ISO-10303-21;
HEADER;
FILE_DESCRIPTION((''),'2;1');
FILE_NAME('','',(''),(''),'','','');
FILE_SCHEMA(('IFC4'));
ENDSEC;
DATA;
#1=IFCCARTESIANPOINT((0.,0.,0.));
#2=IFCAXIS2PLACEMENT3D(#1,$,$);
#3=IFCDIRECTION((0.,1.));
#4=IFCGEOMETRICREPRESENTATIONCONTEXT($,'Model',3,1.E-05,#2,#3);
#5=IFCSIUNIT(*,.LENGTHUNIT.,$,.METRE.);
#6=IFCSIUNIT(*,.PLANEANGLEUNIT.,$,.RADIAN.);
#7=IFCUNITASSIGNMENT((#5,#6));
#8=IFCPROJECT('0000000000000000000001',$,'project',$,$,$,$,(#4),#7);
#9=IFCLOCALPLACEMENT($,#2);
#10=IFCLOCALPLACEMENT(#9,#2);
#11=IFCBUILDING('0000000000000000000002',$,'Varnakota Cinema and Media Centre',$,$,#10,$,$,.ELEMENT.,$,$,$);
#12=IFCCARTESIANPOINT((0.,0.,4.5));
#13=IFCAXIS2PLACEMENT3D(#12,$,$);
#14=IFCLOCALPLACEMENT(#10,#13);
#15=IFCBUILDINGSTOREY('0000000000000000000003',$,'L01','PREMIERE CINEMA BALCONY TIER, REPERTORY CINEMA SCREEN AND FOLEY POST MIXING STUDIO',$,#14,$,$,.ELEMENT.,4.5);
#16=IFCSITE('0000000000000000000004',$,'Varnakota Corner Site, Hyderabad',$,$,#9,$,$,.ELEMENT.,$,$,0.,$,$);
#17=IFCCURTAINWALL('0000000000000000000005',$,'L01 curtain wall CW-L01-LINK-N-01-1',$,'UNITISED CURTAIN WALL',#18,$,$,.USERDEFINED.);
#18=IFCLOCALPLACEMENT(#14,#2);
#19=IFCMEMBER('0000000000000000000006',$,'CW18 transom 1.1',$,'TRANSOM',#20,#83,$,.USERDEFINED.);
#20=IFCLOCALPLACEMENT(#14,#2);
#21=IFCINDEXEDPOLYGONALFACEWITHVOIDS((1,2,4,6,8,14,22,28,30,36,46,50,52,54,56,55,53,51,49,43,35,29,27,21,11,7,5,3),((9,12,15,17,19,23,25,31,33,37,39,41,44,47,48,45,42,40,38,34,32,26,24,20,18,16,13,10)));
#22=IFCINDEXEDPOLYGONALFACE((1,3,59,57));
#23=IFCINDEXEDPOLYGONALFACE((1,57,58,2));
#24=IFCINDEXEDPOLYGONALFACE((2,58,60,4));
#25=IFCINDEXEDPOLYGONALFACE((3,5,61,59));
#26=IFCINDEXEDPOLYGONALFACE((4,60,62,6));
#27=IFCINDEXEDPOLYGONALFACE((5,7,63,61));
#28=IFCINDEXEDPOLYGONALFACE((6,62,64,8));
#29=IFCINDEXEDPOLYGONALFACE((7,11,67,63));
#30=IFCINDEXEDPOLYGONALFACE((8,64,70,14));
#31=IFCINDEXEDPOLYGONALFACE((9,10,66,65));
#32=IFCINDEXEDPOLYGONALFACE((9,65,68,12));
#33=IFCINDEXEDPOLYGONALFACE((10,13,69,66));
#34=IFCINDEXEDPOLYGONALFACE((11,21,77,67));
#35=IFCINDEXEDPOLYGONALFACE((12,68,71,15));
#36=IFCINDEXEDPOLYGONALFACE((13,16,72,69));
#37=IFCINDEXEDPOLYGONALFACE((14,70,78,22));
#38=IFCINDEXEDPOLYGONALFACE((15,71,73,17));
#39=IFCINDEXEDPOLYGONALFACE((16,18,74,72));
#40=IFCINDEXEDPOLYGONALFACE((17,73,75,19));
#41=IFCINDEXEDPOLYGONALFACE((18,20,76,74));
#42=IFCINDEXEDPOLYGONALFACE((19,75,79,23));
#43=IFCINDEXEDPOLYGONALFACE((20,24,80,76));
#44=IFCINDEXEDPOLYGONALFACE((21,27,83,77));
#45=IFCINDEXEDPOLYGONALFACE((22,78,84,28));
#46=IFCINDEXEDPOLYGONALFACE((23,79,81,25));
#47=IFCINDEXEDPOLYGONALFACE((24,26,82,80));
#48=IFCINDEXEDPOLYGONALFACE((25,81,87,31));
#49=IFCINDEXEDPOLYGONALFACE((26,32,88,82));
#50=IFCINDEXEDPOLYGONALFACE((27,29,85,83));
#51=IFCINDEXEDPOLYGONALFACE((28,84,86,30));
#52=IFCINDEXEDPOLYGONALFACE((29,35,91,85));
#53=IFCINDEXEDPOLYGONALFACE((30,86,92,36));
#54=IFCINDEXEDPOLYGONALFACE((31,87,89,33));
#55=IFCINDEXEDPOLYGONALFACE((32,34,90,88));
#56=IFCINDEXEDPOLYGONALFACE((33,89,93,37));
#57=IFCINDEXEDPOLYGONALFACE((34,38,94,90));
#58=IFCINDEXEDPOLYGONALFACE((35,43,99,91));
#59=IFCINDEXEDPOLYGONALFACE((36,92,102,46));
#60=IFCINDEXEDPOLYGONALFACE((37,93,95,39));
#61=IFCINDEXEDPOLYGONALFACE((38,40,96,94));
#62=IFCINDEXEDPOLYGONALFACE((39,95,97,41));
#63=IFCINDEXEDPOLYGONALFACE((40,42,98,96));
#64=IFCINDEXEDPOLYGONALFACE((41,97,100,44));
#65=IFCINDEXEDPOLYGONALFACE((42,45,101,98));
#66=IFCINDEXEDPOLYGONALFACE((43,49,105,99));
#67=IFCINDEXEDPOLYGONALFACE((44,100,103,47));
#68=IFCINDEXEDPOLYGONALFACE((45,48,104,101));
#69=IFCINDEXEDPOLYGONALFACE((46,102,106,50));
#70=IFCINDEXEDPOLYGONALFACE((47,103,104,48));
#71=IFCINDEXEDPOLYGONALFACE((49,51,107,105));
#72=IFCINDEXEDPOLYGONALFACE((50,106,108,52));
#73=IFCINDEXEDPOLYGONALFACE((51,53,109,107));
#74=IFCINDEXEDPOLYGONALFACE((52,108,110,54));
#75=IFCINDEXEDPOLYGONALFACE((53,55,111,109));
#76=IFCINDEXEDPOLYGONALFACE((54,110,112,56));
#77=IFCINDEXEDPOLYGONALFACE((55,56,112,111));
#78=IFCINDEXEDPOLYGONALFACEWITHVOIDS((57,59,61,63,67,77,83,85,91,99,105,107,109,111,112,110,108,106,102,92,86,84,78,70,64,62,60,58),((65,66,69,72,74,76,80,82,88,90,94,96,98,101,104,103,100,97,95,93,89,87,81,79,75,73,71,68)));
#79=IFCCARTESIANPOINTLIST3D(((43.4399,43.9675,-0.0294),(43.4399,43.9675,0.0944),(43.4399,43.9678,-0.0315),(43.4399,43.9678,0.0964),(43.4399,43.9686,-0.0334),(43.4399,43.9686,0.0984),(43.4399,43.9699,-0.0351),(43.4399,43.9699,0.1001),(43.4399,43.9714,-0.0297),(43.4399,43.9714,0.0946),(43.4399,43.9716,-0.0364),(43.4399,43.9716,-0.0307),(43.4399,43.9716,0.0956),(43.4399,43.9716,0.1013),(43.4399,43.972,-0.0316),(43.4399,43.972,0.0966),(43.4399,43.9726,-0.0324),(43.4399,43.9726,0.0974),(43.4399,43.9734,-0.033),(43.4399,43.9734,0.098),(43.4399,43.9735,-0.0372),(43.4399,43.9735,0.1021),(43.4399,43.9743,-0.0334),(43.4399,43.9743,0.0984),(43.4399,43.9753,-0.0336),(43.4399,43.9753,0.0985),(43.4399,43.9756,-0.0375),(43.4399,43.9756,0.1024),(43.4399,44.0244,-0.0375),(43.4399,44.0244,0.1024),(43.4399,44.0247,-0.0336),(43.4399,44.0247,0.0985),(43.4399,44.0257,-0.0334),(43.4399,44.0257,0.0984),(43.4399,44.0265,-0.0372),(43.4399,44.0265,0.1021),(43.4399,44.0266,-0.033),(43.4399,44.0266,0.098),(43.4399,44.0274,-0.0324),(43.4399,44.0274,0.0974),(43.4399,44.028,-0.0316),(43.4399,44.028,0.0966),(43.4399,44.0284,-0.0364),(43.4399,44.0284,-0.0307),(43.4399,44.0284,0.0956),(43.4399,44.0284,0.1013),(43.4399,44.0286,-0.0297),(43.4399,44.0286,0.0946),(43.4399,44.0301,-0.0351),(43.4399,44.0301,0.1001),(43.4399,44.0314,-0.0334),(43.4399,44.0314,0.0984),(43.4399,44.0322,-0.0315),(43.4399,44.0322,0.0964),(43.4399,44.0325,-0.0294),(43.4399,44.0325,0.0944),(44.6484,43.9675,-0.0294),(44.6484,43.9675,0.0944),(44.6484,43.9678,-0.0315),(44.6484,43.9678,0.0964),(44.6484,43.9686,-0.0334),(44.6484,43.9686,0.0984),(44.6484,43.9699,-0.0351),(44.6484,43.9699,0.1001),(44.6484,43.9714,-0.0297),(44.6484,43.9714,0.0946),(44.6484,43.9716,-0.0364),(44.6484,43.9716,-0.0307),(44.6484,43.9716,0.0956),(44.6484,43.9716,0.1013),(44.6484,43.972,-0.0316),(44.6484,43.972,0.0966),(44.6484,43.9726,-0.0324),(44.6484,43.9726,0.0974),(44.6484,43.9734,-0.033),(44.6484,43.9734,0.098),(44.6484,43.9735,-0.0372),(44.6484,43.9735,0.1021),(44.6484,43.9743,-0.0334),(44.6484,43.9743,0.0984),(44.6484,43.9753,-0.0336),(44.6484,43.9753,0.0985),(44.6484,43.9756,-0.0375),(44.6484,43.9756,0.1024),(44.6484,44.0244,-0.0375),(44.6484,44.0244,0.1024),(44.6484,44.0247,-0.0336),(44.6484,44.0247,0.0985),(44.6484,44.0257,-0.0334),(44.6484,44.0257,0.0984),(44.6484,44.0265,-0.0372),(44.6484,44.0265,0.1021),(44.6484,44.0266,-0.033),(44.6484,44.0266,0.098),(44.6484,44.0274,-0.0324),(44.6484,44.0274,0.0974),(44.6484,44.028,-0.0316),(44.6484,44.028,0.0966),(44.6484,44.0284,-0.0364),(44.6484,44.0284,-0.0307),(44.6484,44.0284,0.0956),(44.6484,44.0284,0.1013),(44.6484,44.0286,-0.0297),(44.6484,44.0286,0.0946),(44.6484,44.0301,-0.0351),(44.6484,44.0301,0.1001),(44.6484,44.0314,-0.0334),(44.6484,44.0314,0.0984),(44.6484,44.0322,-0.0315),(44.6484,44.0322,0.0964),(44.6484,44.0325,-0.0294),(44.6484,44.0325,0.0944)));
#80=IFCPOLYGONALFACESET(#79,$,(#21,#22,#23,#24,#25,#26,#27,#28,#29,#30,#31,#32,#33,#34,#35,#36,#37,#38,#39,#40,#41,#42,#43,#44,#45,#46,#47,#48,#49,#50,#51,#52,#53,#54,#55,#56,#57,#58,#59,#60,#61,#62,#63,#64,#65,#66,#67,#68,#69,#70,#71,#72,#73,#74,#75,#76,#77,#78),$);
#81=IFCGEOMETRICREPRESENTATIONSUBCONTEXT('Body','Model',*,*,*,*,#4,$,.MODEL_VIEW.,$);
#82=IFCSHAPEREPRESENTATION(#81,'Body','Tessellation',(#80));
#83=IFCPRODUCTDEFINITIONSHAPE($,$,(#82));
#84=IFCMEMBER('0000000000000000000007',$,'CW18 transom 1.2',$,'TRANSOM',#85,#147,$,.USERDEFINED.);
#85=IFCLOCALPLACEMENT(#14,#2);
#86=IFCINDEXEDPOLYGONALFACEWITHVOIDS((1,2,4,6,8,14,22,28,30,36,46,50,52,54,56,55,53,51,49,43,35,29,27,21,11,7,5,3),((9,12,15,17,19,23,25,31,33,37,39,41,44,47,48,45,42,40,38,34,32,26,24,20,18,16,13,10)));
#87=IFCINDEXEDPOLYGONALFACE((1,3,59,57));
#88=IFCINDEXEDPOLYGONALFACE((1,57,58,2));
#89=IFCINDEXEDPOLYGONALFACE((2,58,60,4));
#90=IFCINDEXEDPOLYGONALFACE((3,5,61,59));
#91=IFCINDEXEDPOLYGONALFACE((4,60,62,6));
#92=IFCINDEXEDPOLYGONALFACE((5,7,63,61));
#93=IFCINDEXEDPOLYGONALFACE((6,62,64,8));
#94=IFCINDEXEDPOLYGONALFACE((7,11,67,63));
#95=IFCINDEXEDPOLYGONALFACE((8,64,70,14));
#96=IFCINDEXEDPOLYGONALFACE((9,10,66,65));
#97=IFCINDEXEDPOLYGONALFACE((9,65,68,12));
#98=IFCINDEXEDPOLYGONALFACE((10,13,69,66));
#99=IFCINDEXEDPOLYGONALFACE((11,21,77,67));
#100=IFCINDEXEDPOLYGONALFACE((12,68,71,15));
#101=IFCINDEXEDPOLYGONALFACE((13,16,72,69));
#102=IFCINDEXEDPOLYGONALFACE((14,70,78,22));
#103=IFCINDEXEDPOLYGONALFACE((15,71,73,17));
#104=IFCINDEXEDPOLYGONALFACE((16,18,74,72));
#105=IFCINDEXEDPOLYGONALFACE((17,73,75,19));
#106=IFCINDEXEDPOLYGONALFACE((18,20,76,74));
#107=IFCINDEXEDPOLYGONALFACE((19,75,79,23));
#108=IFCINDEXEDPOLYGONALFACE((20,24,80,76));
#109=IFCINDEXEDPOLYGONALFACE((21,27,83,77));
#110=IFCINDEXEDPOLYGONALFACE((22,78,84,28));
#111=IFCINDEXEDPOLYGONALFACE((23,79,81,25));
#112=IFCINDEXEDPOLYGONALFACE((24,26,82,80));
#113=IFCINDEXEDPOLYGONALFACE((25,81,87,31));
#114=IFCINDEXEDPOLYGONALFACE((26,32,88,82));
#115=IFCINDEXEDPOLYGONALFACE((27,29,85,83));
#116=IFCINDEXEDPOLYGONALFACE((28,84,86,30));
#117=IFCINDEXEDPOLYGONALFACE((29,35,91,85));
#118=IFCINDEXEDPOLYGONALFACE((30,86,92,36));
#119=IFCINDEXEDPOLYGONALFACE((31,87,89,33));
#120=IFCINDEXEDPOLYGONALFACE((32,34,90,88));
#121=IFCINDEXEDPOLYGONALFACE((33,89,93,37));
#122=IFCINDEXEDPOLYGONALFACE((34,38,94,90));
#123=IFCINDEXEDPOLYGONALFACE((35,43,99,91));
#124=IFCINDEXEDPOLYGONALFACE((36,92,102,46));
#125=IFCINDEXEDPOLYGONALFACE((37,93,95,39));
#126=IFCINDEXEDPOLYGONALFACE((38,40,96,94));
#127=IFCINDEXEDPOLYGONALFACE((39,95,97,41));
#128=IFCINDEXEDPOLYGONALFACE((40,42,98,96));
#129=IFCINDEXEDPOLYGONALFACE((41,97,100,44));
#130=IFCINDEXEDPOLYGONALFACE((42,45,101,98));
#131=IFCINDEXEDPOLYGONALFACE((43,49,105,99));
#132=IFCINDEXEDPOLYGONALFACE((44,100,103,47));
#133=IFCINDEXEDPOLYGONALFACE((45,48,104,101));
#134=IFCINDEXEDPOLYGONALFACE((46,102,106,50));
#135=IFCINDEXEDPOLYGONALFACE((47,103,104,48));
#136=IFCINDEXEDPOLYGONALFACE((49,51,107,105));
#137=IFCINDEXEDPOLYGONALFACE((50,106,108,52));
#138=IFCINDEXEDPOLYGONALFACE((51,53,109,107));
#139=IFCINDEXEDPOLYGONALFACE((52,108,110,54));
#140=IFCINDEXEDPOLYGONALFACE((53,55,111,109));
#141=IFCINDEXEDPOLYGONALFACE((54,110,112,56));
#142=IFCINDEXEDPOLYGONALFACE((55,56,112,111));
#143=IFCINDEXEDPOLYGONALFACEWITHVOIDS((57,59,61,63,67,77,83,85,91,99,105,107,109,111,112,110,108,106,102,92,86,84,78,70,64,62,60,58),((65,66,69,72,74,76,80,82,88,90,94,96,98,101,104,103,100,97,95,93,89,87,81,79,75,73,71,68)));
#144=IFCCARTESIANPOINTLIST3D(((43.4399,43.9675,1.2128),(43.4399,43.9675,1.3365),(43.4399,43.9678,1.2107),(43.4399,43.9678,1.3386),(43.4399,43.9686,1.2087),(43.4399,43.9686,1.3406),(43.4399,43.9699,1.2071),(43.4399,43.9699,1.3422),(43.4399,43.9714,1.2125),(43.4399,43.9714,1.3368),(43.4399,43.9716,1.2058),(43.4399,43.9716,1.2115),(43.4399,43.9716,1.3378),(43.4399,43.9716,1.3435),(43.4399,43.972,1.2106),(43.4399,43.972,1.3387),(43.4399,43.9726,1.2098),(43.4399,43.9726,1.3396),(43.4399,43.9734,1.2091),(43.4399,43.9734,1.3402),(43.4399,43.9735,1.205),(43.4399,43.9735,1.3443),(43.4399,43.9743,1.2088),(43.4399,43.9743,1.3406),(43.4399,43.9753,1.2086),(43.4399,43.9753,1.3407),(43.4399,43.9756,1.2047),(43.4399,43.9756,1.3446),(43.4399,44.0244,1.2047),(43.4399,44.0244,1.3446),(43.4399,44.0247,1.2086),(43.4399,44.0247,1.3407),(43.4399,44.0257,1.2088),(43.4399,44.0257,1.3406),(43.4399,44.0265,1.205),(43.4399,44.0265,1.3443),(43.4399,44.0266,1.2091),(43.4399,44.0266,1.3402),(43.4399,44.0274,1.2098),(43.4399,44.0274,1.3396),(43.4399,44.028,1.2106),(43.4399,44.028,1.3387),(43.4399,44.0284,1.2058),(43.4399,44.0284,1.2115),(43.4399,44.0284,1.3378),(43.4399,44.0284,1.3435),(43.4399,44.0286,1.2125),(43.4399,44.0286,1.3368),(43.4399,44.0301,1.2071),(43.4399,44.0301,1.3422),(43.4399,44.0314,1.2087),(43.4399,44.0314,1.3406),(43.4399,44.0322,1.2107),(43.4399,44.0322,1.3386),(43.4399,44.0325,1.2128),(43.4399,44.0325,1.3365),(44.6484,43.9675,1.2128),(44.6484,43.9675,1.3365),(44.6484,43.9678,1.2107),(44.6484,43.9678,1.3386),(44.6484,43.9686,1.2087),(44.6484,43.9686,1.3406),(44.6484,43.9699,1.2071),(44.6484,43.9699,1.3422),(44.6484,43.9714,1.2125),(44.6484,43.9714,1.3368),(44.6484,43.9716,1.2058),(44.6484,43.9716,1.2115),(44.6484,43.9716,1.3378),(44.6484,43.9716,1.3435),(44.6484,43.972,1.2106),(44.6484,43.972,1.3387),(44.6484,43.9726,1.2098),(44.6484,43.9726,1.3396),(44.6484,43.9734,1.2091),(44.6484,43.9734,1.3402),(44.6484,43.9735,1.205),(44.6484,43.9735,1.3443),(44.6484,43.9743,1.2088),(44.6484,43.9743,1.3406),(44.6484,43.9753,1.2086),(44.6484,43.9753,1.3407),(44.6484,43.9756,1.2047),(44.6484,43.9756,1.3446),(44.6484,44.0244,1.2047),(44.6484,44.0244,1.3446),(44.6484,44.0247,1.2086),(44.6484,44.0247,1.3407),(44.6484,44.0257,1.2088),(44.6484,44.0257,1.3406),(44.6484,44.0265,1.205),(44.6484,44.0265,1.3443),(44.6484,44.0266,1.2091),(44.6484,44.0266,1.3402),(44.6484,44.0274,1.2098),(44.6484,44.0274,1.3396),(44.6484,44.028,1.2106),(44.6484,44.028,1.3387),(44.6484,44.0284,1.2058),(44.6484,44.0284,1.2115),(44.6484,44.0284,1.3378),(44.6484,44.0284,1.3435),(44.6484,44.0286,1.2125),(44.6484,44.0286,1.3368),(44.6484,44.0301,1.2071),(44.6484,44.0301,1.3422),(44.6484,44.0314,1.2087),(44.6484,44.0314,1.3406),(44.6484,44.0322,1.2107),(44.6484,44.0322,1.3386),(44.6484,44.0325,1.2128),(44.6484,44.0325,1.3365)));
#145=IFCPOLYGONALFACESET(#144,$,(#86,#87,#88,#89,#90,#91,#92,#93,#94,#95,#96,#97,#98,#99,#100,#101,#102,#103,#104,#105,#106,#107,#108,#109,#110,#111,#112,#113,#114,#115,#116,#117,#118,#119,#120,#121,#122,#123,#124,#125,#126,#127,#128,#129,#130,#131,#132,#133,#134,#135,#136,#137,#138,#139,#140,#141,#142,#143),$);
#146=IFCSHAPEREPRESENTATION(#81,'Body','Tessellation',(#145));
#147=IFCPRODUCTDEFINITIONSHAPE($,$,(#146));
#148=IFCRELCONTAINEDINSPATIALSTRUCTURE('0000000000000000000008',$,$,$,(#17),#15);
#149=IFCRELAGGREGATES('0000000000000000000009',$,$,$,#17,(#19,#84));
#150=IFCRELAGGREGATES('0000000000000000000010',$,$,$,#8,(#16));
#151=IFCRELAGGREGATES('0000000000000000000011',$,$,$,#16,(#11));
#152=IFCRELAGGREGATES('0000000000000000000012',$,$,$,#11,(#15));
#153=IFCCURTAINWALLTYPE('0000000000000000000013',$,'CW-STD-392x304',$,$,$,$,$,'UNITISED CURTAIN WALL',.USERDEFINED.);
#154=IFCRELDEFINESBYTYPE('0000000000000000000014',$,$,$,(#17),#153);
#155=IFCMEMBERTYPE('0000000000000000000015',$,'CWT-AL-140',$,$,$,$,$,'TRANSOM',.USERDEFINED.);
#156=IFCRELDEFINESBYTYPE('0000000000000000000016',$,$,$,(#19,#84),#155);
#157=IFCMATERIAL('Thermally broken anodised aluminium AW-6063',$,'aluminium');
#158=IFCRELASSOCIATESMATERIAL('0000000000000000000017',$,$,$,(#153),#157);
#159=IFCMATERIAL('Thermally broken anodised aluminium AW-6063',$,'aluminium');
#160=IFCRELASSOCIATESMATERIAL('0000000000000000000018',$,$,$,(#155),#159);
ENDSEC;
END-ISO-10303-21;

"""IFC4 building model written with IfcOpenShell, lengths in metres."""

from ifc_helpers import new_model, si_unit, direction, frame, origin, origin_2d, place, context, subcontext, project, spatial, hollow_rectangle, extrude, material, material_profile, profile_set, type_object, element, aggregate, save


model = new_model("IFC4")

# Units and contexts
model_context = context("Model", 3, precision=1e-05, world=origin(), true_north=direction((0.0, 1.0)))
body_context = subcontext(model_context, "Body", "Model", "MODEL_VIEW")
ifc_project = project(units=[si_unit("LENGTHUNIT", "METRE"), si_unit("PLANEANGLEUNIT", "RADIAN")], contexts=[model_context])

# Site, building, storey
site_placement = place(None, origin())
site = spatial("IfcSite", under=ifc_project, at=site_placement, Name="Varnakota Corner Site, Hyderabad", CompositionType="ELEMENT", RefElevation=0.0)
building_placement = place(site_placement, origin())
building = spatial("IfcBuilding", under=site, at=building_placement, Name="Varnakota Cinema and Media Centre", CompositionType="ELEMENT")
storey_placement = place(building_placement, frame((0.0, 0.0, 4.5)))
storey = spatial("IfcBuildingStorey", under=building, at=storey_placement, Name="L01", Description="PREMIERE CINEMA BALCONY TIER, REPERTORY CINEMA SCREEN AND FOLEY POST MIXING STUDIO", CompositionType="ELEMENT", Elevation=4.5)

# Curtain wall
ifc_material_1 = material(Name="Thermally broken anodised aluminium AW-6063", Category="aluminium")
curtain_wall_type_1 = type_object("IfcCurtainWallType", Name="CW-STD-392x304", ElementType="UNITISED CURTAIN WALL", PredefinedType="USERDEFINED", material=ifc_material_1)
curtain_wall_1_placement = place(storey_placement, origin())
curtain_wall_1 = element("IfcCurtainWall", 1, at=curtain_wall_1_placement, inside=storey, type_object=curtain_wall_type_1, Name="L01 curtain wall CW-L01-LINK-N-01-1", ObjectType="UNITISED CURTAIN WALL", PredefinedType="USERDEFINED")

# Members
ifc_material_2 = material(Name="Thermally broken anodised aluminium AW-6063", Category="aluminium")
ifc_material_profile_1 = material_profile(ifc_material_2, hollow_rectangle(XDim=0.0649, YDim=0.1399, WallThickness=0.0039, InnerFilletRadius=0.0039, OuterFilletRadius=0.0081, at=origin_2d()), Name="AL-TRANSOM 140x65x4")
ifc_profile_set_1 = profile_set([ifc_material_profile_1], Name="Thermally broken anodised aluminium AW-6063")
member_type_1 = type_object("IfcMemberType", Name="CWT-AL-140", ElementType="TRANSOM", PredefinedType="USERDEFINED", material=ifc_profile_set_1)
member_1_placement = place(storey_placement, frame((43.4399, 44.0, 0.0325), z_axis=(1.0, 0.0, 0.0), x_axis=(0.0, 1.0, 0.0)))
member_1 = element("IfcMember", 2, at=member_1_placement, type_object=member_type_1, Name="CW18 transom 1.1", ObjectType="TRANSOM", PredefinedType="USERDEFINED", context=body_context, shape_type="SweptSolid", body=[
    extrude(hollow_rectangle(XDim=0.0649, YDim=0.1399, WallThickness=0.0039, InnerFilletRadius=0.0039, OuterFilletRadius=0.0081, at=origin_2d()), origin(), (0.0, 0.0, 1.0), 1.2085),
])
member_2_placement = place(storey_placement, frame((43.4399, 44.0, 1.2747), z_axis=(1.0, 0.0, 0.0), x_axis=(0.0, 1.0, 0.0)))
member_2 = element("IfcMember", 3, at=member_2_placement, type_object=member_type_1, Name="CW18 transom 1.2", ObjectType="TRANSOM", PredefinedType="USERDEFINED", context=body_context, shape_type="SweptSolid", body=[
    extrude(hollow_rectangle(XDim=0.0649, YDim=0.1399, WallThickness=0.0039, InnerFilletRadius=0.0039, OuterFilletRadius=0.0081, at=origin_2d()), origin(), (0.0, 0.0, 1.0), 1.2085),
])

aggregate(curtain_wall_1, [member_1, member_2])

save(model, "model.ifc")
